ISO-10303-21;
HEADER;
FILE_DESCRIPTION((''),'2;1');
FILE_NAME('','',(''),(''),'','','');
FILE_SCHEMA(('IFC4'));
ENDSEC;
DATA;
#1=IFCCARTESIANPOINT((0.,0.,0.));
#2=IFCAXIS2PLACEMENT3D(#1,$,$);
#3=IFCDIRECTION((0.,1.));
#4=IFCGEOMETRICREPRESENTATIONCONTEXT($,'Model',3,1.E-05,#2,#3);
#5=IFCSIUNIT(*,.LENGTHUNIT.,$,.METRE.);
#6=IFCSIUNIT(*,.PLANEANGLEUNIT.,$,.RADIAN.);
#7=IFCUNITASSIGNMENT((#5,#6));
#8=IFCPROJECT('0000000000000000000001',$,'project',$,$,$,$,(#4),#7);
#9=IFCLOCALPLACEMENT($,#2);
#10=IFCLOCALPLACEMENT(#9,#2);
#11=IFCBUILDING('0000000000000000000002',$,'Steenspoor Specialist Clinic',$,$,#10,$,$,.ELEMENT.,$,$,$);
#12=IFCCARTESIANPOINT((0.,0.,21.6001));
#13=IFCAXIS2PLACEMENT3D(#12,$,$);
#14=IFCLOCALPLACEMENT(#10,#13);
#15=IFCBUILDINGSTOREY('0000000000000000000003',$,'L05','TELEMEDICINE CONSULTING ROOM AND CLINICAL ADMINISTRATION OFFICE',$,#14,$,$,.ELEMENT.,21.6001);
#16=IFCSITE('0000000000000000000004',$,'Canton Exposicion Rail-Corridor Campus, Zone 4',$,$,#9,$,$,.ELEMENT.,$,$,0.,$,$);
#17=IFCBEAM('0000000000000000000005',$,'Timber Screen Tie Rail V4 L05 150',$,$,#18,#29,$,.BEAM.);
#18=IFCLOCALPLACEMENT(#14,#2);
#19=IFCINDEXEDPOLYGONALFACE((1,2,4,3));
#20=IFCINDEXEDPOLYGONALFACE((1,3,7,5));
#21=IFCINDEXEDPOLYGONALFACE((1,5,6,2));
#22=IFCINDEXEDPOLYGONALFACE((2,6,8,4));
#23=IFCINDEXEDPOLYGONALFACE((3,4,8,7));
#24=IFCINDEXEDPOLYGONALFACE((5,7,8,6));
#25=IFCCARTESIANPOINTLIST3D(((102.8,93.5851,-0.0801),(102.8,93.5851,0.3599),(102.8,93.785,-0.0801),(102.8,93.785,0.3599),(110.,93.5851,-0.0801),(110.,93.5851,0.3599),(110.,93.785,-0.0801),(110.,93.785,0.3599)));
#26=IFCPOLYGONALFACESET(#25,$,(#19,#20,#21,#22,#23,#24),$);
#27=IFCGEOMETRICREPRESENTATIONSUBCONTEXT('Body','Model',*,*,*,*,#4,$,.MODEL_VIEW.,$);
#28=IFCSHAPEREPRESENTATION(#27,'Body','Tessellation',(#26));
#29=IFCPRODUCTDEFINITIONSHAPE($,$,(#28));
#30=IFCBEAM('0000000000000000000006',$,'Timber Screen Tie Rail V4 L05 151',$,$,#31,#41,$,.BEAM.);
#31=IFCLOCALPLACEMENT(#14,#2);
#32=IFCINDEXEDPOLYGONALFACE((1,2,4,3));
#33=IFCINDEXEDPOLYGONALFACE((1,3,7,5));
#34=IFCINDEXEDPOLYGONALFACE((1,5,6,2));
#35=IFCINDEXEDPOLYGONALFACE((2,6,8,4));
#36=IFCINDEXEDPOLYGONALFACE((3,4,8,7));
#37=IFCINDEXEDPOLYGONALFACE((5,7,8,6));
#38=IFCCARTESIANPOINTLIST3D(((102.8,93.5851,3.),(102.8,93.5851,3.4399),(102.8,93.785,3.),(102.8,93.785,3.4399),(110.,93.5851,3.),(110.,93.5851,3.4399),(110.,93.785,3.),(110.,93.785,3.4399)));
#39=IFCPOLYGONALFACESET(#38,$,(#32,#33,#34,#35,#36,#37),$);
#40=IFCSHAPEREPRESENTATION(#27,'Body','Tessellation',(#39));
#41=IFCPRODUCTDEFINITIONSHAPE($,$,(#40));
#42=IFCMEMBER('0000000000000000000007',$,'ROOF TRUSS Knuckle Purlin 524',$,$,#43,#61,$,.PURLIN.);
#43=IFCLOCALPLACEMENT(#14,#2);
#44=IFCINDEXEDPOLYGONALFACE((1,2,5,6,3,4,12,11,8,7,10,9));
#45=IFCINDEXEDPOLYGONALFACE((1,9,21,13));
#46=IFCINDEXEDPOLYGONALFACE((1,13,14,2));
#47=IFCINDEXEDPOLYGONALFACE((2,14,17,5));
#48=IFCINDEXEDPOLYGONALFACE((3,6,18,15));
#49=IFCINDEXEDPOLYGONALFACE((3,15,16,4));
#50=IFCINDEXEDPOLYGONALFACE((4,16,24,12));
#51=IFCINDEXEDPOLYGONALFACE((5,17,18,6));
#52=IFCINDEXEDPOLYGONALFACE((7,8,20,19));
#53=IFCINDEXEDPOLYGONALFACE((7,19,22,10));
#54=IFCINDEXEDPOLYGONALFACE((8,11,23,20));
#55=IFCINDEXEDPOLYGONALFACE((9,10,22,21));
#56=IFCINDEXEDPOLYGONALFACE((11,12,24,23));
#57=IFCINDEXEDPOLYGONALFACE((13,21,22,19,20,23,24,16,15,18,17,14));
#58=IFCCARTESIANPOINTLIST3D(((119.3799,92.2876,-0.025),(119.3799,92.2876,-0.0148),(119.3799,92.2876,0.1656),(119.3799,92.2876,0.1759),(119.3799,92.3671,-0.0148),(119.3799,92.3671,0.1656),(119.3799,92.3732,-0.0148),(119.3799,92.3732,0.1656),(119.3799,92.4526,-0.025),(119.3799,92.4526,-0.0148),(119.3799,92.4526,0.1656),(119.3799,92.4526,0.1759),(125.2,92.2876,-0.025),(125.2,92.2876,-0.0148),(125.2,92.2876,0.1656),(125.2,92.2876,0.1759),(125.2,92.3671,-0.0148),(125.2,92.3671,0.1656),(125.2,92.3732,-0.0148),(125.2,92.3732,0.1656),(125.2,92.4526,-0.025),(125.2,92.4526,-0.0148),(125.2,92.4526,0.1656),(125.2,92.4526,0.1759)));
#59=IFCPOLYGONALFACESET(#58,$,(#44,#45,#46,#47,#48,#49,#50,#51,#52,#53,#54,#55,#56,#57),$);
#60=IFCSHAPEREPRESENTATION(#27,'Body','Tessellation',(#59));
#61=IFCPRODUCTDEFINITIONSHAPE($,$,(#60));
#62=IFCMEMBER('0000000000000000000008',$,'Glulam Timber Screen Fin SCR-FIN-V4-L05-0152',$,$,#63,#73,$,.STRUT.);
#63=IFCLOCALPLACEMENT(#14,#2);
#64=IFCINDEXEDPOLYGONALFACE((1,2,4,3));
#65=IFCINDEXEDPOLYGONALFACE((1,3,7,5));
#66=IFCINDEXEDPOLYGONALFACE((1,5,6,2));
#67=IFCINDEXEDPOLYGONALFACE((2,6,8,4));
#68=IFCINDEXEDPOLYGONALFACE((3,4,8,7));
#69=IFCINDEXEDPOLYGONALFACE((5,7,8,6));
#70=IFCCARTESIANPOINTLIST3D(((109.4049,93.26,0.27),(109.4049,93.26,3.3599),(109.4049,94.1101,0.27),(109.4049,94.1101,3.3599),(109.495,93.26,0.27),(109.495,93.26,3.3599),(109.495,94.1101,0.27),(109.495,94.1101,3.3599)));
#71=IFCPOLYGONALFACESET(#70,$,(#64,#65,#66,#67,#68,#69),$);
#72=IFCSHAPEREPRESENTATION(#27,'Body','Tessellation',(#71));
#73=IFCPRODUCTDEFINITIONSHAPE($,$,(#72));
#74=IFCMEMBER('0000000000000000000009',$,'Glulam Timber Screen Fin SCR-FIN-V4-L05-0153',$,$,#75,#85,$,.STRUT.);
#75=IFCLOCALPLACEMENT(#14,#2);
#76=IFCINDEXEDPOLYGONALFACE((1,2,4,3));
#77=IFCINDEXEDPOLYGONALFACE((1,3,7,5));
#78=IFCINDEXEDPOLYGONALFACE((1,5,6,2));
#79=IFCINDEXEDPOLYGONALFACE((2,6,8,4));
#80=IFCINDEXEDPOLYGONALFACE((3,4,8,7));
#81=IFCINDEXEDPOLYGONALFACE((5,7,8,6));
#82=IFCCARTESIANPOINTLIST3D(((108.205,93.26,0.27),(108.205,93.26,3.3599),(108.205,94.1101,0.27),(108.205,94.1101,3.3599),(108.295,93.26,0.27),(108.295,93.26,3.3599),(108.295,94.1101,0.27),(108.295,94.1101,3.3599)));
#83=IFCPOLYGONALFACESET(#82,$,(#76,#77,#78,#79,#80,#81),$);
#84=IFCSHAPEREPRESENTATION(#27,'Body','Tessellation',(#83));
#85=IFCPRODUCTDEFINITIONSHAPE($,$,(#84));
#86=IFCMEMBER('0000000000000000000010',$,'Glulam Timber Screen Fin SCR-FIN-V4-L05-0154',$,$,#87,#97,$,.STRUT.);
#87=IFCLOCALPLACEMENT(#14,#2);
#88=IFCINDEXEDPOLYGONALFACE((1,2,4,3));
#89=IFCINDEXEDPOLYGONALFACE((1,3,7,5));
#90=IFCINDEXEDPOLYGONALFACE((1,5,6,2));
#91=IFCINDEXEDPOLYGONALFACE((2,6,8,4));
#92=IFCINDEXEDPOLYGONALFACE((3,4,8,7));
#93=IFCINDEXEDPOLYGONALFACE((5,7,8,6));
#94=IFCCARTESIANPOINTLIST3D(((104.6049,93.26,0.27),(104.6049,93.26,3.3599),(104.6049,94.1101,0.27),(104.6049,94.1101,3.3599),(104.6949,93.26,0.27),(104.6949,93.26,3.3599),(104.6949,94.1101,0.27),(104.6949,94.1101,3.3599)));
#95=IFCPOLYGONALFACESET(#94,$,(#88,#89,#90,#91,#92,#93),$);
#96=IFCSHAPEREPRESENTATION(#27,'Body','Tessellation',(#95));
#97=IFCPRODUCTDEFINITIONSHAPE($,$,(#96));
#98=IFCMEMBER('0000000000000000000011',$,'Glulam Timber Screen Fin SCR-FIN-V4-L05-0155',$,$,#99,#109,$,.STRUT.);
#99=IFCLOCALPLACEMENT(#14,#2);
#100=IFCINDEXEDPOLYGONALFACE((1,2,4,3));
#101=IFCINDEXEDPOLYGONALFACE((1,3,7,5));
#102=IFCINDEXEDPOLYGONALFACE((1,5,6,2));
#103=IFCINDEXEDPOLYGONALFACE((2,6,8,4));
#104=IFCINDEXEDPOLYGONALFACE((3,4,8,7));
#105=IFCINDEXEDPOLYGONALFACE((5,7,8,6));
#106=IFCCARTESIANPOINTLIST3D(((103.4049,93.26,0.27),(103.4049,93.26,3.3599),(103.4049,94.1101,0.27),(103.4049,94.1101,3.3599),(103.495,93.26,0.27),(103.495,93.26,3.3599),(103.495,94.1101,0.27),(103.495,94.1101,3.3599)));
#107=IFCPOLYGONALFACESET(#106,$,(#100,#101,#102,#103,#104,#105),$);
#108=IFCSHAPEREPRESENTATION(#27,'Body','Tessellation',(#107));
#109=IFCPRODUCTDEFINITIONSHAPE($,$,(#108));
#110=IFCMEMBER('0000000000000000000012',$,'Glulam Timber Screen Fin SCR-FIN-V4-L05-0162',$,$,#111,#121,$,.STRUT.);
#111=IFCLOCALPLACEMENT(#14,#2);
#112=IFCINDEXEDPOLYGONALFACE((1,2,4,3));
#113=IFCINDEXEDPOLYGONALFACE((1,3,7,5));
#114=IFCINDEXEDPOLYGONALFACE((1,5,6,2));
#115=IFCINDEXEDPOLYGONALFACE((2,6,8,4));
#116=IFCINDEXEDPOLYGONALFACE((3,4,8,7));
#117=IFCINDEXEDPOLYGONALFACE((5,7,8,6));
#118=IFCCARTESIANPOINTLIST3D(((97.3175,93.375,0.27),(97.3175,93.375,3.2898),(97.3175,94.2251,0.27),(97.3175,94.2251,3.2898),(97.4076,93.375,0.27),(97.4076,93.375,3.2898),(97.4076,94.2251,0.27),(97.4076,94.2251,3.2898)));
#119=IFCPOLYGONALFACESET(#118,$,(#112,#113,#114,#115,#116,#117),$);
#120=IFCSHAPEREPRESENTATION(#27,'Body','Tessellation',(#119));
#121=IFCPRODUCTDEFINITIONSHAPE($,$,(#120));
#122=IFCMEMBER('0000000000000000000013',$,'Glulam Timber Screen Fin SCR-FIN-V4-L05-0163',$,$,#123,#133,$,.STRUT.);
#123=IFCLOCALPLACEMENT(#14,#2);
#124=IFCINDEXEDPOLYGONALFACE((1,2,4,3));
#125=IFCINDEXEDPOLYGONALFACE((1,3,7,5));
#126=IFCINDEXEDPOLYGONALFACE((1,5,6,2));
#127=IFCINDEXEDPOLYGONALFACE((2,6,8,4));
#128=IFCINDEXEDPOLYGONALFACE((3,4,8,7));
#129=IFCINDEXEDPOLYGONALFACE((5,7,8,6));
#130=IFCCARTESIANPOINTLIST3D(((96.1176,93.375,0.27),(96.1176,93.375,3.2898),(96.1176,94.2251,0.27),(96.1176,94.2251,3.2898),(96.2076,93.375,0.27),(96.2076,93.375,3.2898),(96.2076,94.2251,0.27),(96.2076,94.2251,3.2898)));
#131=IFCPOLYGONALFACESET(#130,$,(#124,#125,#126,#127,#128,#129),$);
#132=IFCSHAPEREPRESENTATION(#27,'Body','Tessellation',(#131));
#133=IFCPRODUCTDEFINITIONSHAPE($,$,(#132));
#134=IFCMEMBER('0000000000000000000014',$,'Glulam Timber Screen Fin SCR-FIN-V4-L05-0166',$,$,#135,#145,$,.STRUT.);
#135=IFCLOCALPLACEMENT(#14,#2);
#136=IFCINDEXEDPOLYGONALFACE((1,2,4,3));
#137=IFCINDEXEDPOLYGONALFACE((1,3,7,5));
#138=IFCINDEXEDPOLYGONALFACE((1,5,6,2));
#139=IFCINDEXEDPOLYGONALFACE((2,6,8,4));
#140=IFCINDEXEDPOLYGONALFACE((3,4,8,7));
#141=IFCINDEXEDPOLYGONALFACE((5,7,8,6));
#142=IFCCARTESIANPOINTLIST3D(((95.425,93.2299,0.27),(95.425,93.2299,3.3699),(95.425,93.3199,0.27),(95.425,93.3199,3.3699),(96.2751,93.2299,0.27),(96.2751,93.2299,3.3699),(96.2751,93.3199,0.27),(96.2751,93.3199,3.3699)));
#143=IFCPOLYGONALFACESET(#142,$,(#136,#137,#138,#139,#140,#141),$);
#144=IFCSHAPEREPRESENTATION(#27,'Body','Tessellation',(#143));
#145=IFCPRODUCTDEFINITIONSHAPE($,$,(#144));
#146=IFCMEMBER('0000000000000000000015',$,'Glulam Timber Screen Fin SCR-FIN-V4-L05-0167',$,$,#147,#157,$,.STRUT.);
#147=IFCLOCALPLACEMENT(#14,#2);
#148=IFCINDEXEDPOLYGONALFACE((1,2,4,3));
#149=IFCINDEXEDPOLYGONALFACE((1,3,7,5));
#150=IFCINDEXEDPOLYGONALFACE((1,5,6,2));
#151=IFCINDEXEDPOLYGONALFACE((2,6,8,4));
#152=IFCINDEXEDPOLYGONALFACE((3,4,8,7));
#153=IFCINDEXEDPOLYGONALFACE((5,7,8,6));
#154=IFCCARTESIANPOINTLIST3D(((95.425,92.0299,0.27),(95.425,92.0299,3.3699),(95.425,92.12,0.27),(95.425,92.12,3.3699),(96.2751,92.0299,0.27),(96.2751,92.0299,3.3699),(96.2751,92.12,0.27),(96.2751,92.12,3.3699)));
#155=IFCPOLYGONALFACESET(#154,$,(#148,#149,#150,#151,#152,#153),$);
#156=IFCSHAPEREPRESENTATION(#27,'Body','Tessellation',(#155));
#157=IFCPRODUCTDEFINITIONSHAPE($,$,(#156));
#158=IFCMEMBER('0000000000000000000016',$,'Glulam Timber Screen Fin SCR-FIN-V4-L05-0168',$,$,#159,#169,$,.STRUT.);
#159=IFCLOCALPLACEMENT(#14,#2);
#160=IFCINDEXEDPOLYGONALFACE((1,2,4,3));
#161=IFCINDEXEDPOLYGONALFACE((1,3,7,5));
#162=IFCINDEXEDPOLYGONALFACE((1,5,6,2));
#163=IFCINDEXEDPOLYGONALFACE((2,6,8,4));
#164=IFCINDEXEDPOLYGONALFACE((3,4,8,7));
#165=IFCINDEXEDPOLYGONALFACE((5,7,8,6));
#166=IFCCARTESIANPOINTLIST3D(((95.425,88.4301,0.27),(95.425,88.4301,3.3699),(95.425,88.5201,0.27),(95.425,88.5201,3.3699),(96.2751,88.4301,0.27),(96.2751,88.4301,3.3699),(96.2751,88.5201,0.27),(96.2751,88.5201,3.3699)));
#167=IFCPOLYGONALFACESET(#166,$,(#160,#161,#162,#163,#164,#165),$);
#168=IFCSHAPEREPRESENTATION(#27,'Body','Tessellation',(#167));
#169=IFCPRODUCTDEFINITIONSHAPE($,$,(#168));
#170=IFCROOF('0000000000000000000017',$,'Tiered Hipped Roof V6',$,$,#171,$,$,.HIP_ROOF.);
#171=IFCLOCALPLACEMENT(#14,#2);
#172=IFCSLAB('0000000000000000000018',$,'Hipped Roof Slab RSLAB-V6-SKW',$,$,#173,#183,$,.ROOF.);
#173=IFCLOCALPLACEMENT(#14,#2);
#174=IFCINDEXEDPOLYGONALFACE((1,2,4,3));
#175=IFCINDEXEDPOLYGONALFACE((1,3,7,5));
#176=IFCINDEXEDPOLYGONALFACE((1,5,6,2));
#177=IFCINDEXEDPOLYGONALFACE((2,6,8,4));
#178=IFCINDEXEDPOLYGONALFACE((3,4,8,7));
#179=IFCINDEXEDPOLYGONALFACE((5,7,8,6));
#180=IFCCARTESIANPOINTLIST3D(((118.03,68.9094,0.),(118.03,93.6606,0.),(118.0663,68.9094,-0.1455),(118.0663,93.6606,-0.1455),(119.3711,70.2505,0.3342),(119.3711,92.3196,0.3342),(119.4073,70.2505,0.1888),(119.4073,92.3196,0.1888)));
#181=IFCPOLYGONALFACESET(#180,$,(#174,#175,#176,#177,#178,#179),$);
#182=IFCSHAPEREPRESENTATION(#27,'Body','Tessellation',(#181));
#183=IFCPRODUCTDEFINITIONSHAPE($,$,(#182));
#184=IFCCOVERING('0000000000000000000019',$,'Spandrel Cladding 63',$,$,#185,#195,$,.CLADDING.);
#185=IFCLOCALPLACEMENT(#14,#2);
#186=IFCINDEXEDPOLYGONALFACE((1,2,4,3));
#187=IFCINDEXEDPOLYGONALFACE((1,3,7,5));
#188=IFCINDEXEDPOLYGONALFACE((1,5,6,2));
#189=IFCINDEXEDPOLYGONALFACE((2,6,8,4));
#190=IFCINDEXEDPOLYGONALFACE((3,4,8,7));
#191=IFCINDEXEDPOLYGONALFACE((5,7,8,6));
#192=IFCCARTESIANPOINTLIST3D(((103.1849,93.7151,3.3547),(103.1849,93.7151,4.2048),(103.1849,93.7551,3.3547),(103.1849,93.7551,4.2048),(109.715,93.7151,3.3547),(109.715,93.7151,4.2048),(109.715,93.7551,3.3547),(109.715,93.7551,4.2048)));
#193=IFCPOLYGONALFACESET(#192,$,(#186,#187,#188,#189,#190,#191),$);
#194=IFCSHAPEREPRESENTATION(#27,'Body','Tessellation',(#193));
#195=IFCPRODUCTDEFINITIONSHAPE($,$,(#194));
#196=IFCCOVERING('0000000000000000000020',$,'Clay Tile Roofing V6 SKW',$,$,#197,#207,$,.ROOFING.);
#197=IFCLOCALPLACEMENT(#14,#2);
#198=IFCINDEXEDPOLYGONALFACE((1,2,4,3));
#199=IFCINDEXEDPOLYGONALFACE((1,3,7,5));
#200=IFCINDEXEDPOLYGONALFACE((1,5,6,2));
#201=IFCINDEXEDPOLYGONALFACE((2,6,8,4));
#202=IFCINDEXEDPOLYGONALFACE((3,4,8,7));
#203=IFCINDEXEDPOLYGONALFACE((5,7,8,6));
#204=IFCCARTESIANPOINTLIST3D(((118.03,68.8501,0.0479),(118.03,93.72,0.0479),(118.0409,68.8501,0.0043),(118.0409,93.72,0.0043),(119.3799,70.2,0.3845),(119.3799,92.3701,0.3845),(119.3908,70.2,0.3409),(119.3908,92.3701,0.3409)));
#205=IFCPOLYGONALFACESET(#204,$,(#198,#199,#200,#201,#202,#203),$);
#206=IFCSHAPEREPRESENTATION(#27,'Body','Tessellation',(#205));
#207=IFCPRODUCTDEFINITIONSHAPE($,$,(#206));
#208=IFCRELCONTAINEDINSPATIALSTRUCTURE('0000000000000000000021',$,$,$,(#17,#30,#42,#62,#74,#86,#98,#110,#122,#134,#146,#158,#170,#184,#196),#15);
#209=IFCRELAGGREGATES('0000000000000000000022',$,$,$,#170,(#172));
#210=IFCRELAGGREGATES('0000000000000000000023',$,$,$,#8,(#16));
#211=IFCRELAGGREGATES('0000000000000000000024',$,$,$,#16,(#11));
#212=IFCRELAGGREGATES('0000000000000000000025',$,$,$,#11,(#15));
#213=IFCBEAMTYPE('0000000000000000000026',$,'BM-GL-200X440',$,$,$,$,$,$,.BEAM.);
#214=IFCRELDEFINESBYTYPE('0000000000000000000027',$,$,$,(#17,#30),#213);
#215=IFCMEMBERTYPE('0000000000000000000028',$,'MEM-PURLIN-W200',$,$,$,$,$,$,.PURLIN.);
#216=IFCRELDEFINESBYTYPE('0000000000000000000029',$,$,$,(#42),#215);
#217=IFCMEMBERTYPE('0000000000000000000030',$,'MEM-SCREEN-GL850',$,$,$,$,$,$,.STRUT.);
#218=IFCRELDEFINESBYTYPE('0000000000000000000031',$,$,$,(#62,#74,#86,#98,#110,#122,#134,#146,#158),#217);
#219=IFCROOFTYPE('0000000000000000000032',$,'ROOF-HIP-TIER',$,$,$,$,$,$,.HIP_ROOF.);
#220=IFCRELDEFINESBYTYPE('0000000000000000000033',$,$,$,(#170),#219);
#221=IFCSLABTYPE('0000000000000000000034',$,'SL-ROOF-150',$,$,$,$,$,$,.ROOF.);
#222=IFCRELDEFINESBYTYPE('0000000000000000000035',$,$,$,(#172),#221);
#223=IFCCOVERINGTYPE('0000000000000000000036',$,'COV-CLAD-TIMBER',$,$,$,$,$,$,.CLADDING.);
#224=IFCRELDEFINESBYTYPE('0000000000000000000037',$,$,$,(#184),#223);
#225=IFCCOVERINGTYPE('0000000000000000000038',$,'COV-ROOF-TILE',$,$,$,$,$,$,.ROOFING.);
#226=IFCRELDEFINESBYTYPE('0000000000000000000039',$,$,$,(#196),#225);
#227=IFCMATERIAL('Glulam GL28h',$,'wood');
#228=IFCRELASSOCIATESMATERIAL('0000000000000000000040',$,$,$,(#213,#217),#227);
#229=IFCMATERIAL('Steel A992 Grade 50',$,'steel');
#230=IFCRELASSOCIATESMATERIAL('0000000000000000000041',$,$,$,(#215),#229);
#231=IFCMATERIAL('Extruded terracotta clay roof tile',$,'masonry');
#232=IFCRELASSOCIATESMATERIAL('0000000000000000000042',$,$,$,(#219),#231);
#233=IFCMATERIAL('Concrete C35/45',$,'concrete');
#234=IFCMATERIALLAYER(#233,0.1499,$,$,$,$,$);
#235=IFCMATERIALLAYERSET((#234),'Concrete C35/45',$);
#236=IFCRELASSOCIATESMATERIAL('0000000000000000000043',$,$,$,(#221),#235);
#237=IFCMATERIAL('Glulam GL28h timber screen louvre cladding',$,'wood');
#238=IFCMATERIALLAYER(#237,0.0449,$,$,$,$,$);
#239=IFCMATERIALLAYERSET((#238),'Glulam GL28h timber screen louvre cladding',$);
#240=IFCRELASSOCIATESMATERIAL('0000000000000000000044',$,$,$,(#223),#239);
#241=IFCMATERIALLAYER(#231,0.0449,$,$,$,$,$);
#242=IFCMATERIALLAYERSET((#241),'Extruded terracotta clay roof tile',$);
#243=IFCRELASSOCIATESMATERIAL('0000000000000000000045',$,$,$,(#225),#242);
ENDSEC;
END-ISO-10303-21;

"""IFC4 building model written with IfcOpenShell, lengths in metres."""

from ifc_helpers import new_model, si_unit, direction, frame, origin, origin_2d, place, context, subcontext, project, spatial, polyline, rectangle, i_section, outline, extrude, material, layer, layer_set, material_profile, profile_set, type_object, element, aggregate, save


model = new_model("IFC4")

# Units and contexts
model_context = context("Model", 3, precision=1e-05, world=origin(), true_north=direction((0.0, 1.0)))
body_context = subcontext(model_context, "Body", "Model", "MODEL_VIEW")
ifc_project = project(units=[si_unit("LENGTHUNIT", "METRE"), si_unit("PLANEANGLEUNIT", "RADIAN")], contexts=[model_context])

# Site, building, storey
site_placement = place(None, origin())
site = spatial("IfcSite", under=ifc_project, at=site_placement, Name="Canton Exposicion Rail-Corridor Campus, Zone 4", CompositionType="ELEMENT", RefElevation=0.0)
building_placement = place(site_placement, origin())
building = spatial("IfcBuilding", under=site, at=building_placement, Name="Steenspoor Specialist Clinic", CompositionType="ELEMENT")
storey_placement = place(building_placement, frame((0.0, 0.0, 21.6001)))
storey = spatial("IfcBuildingStorey", under=building, at=storey_placement, Name="L05", Description="TELEMEDICINE CONSULTING ROOM AND CLINICAL ADMINISTRATION OFFICE", CompositionType="ELEMENT", Elevation=21.6001)

# Beams
ifc_material_1 = material(Name="Glulam GL28h", Category="wood")
ifc_material_profile_1 = material_profile(ifc_material_1, rectangle(XDim=0.2, YDim=0.4399, at=origin_2d()), Name="GL28H-200X440")
ifc_profile_set_1 = profile_set([ifc_material_profile_1], Name="Glulam GL28h")
beam_type = type_object("IfcBeamType", Name="BM-GL-200X440", PredefinedType="BEAM", material=ifc_profile_set_1)
for number, where, z_axis, x_axis, name in (
    (1, (110.0, 93.6851, 0.1399), (-1.0, 0.0, 0.0), (0.0, -1.0, 0.0), "Timber Screen Tie Rail V4 L05 150"),
    (2, (110.0, 93.6851, 3.22), (-1.0, 0.0, 0.0), (0.0, -1.0, 0.0), "Timber Screen Tie Rail V4 L05 151"),
):
    element("IfcBeam", number, at=place(storey_placement, frame(where, z_axis=z_axis, x_axis=x_axis)), inside=storey, type_object=beam_type, Name=name, PredefinedType="BEAM", context=body_context, shape_type="SweptSolid", body=[
        extrude(rectangle(XDim=0.2, YDim=0.4399, at=origin_2d()), origin(), (0.0, 0.0, 1.0), 7.2),
    ])

# Members
ifc_material_2 = material(Name="Steel A992 Grade 50", Category="steel")
ifc_material_profile_2 = material_profile(ifc_material_2, i_section(OverallWidth=0.165, OverallDepth=0.2009, WebThickness=0.0061, FlangeThickness=0.0103, at=origin_2d()), Name="W200X36")
ifc_profile_set_2 = profile_set([ifc_material_profile_2], Name="Steel A992 Grade 50")
member_type_1 = type_object("IfcMemberType", Name="MEM-PURLIN-W200", PredefinedType="PURLIN", material=ifc_profile_set_2)
member_placement = place(storey_placement, frame((119.3799, 92.3701, 0.0754), z_axis=(1.0, 0.0, 0.0), x_axis=(0.0, 1.0, 0.0)))
element("IfcMember", 3, at=member_placement, inside=storey, type_object=member_type_1, Name="ROOF TRUSS Knuckle Purlin 524", PredefinedType="PURLIN", context=body_context, shape_type="SweptSolid", body=[
    extrude(i_section(OverallWidth=0.165, OverallDepth=0.2009, WebThickness=0.0061, FlangeThickness=0.0103, at=origin_2d()), origin(), (0.0, 0.0, 1.0), 5.8201),
])
ifc_material_profile_3 = material_profile(ifc_material_1, rectangle(XDim=0.0901, YDim=0.8501, at=origin_2d()), Name="GL28H-90X850")
ifc_profile_set_3 = profile_set([ifc_material_profile_3], Name="Glulam GL28h")
member_type_2 = type_object("IfcMemberType", Name="MEM-SCREEN-GL850", PredefinedType="STRUT", material=ifc_profile_set_3)
for number, where, z_axis, x_axis, name in (
    (4, (109.45, 93.6851, 0.27), (0.0, 0.0, 1.0), (-1.0, 0.0, 0.0), "Glulam Timber Screen Fin SCR-FIN-V4-L05-0152"),
    (5, (108.25, 93.6851, 0.27), (0.0, 0.0, 1.0), (-1.0, 0.0, 0.0), "Glulam Timber Screen Fin SCR-FIN-V4-L05-0153"),
    (6, (104.6499, 93.6851, 0.27), (0.0, 0.0, 1.0), (-1.0, 0.0, 0.0), "Glulam Timber Screen Fin SCR-FIN-V4-L05-0154"),
    (7, (103.45, 93.6851, 0.27), (0.0, 0.0, 1.0), (-1.0, 0.0, 0.0), "Glulam Timber Screen Fin SCR-FIN-V4-L05-0155"),
):
    element("IfcMember", number, at=place(storey_placement, frame(where, z_axis=z_axis, x_axis=x_axis)), inside=storey, type_object=member_type_2, Name=name, PredefinedType="STRUT", context=body_context, shape_type="SweptSolid", body=[
        extrude(rectangle(XDim=0.0901, YDim=0.8501, at=origin_2d()), origin(), (0.0, 0.0, 1.0), 3.0898),
    ])
for number, where, z_axis, x_axis, name in (
    (8, (97.3625, 93.8, 0.27), (0.0, 0.0, 1.0), (-1.0, 0.0, 0.0), "Glulam Timber Screen Fin SCR-FIN-V4-L05-0162"),
    (9, (96.1626, 93.8, 0.27), (0.0, 0.0, 1.0), (-1.0, 0.0, 0.0), "Glulam Timber Screen Fin SCR-FIN-V4-L05-0163"),
):
    element("IfcMember", number, at=place(storey_placement, frame(where, z_axis=z_axis, x_axis=x_axis)), inside=storey, type_object=member_type_2, Name=name, PredefinedType="STRUT", context=body_context, shape_type="SweptSolid", body=[
        extrude(rectangle(XDim=0.0901, YDim=0.8501, at=origin_2d()), origin(), (0.0, 0.0, 1.0), 3.0198),
    ])
for number, where, z_axis, x_axis, name in (
    (10, (95.8501, 93.2749, 0.27), (0.0, 0.0, 1.0), (0.0, -1.0, 0.0), "Glulam Timber Screen Fin SCR-FIN-V4-L05-0166"),
    (11, (95.8501, 92.075, 0.27), (0.0, 0.0, 1.0), (0.0, -1.0, 0.0), "Glulam Timber Screen Fin SCR-FIN-V4-L05-0167"),
    (12, (95.8501, 88.4751, 0.27), (0.0, 0.0, 1.0), (0.0, -1.0, 0.0), "Glulam Timber Screen Fin SCR-FIN-V4-L05-0168"),
):
    element("IfcMember", number, at=place(storey_placement, frame(where, z_axis=z_axis, x_axis=x_axis)), inside=storey, type_object=member_type_2, Name=name, PredefinedType="STRUT", context=body_context, shape_type="SweptSolid", body=[
        extrude(rectangle(XDim=0.0901, YDim=0.8501, at=origin_2d()), origin(), (0.0, 0.0, 1.0), 3.0999),
    ])

# Roof, slab
ifc_material_3 = material(Name="Extruded terracotta clay roof tile", Category="masonry")
roof_type = type_object("IfcRoofType", Name="ROOF-HIP-TIER", PredefinedType="HIP_ROOF", material=ifc_material_3)
roof_placement = place(storey_placement, origin())
roof = element("IfcRoof", 13, at=roof_placement, inside=storey, type_object=roof_type, Name="Tiered Hipped Roof V6", PredefinedType="HIP_ROOF")
ifc_material_4 = material(Name="Concrete C35/45", Category="concrete")
ifc_layer_1 = layer(ifc_material_4, 0.1499)
ifc_layer_set_1 = layer_set([ifc_layer_1], Name="Concrete C35/45")
slab_type = type_object("IfcSlabType", Name="SL-ROOF-150", PredefinedType="ROOF", material=ifc_layer_set_1)
slab_placement = place(storey_placement, frame((119.3711, 92.3196, 0.3342), z_axis=(-0.241829, 0.0, 0.970319), x_axis=(-0.696376, 0.696376, -0.173555)))
slab = element("IfcSlab", 14, at=slab_placement, type_object=slab_type, Name="Hipped Roof Slab RSLAB-V6-SKW", PredefinedType="ROOF", context=body_context, shape_type="SweptSolid", body=[
    extrude(outline(polyline([(0.0, 0.0), (1.9258, 0.0), (-15.3104, 17.7634), (-15.3684, 15.8385), (0.0, 0.0)])), origin(), (0.0, 0.0, -1.0), 0.1499),
])
aggregate(roof, [slab])

# Coverings
ifc_material_5 = material(Name="Glulam GL28h timber screen louvre cladding", Category="wood")
ifc_layer_2 = layer(ifc_material_5, 0.0449)
ifc_layer_set_2 = layer_set([ifc_layer_2], Name="Glulam GL28h timber screen louvre cladding")
covering_type_1 = type_object("IfcCoveringType", Name="COV-CLAD-TIMBER", PredefinedType="CLADDING", material=ifc_layer_set_2)
covering_1_placement = place(storey_placement, frame((106.45, 93.7351, 3.3547), z_axis=(0.0, 0.0, 1.0), x_axis=(-1.0, 0.0, 0.0)))
element("IfcCovering", 15, at=covering_1_placement, inside=storey, type_object=covering_type_1, Name="Spandrel Cladding 63", PredefinedType="CLADDING", context=body_context, shape_type="SweptSolid", body=[
    extrude(rectangle(XDim=6.53, YDim=0.04, at=origin_2d()), origin(), (0.0, 0.0, 1.0), 0.8501),
])
ifc_layer_3 = layer(ifc_material_3, 0.0449)
ifc_layer_set_3 = layer_set([ifc_layer_3], Name="Extruded terracotta clay roof tile")
covering_type_2 = type_object("IfcCoveringType", Name="COV-ROOF-TILE", PredefinedType="ROOFING", material=ifc_layer_set_3)
covering_2_placement = place(storey_placement, frame((118.03, 93.72, 0.0479), z_axis=(-0.241999, 0.0, 0.970277), x_axis=(0.0, -1.0, 0.0)))
element("IfcCovering", 16, at=covering_2_placement, inside=storey, type_object=covering_type_2, Name="Clay Tile Roofing V6 SKW", PredefinedType="ROOFING", context=body_context, shape_type="SweptSolid", body=[
    extrude(outline(polyline([(0.0, 0.0), (24.8699, 0.0), (23.52, 1.3912), (1.3499, 1.3912), (0.0, 0.0)])), origin(), (0.0, 0.0, -1.0), 0.0449),
])

save(model, "model.ifc")
